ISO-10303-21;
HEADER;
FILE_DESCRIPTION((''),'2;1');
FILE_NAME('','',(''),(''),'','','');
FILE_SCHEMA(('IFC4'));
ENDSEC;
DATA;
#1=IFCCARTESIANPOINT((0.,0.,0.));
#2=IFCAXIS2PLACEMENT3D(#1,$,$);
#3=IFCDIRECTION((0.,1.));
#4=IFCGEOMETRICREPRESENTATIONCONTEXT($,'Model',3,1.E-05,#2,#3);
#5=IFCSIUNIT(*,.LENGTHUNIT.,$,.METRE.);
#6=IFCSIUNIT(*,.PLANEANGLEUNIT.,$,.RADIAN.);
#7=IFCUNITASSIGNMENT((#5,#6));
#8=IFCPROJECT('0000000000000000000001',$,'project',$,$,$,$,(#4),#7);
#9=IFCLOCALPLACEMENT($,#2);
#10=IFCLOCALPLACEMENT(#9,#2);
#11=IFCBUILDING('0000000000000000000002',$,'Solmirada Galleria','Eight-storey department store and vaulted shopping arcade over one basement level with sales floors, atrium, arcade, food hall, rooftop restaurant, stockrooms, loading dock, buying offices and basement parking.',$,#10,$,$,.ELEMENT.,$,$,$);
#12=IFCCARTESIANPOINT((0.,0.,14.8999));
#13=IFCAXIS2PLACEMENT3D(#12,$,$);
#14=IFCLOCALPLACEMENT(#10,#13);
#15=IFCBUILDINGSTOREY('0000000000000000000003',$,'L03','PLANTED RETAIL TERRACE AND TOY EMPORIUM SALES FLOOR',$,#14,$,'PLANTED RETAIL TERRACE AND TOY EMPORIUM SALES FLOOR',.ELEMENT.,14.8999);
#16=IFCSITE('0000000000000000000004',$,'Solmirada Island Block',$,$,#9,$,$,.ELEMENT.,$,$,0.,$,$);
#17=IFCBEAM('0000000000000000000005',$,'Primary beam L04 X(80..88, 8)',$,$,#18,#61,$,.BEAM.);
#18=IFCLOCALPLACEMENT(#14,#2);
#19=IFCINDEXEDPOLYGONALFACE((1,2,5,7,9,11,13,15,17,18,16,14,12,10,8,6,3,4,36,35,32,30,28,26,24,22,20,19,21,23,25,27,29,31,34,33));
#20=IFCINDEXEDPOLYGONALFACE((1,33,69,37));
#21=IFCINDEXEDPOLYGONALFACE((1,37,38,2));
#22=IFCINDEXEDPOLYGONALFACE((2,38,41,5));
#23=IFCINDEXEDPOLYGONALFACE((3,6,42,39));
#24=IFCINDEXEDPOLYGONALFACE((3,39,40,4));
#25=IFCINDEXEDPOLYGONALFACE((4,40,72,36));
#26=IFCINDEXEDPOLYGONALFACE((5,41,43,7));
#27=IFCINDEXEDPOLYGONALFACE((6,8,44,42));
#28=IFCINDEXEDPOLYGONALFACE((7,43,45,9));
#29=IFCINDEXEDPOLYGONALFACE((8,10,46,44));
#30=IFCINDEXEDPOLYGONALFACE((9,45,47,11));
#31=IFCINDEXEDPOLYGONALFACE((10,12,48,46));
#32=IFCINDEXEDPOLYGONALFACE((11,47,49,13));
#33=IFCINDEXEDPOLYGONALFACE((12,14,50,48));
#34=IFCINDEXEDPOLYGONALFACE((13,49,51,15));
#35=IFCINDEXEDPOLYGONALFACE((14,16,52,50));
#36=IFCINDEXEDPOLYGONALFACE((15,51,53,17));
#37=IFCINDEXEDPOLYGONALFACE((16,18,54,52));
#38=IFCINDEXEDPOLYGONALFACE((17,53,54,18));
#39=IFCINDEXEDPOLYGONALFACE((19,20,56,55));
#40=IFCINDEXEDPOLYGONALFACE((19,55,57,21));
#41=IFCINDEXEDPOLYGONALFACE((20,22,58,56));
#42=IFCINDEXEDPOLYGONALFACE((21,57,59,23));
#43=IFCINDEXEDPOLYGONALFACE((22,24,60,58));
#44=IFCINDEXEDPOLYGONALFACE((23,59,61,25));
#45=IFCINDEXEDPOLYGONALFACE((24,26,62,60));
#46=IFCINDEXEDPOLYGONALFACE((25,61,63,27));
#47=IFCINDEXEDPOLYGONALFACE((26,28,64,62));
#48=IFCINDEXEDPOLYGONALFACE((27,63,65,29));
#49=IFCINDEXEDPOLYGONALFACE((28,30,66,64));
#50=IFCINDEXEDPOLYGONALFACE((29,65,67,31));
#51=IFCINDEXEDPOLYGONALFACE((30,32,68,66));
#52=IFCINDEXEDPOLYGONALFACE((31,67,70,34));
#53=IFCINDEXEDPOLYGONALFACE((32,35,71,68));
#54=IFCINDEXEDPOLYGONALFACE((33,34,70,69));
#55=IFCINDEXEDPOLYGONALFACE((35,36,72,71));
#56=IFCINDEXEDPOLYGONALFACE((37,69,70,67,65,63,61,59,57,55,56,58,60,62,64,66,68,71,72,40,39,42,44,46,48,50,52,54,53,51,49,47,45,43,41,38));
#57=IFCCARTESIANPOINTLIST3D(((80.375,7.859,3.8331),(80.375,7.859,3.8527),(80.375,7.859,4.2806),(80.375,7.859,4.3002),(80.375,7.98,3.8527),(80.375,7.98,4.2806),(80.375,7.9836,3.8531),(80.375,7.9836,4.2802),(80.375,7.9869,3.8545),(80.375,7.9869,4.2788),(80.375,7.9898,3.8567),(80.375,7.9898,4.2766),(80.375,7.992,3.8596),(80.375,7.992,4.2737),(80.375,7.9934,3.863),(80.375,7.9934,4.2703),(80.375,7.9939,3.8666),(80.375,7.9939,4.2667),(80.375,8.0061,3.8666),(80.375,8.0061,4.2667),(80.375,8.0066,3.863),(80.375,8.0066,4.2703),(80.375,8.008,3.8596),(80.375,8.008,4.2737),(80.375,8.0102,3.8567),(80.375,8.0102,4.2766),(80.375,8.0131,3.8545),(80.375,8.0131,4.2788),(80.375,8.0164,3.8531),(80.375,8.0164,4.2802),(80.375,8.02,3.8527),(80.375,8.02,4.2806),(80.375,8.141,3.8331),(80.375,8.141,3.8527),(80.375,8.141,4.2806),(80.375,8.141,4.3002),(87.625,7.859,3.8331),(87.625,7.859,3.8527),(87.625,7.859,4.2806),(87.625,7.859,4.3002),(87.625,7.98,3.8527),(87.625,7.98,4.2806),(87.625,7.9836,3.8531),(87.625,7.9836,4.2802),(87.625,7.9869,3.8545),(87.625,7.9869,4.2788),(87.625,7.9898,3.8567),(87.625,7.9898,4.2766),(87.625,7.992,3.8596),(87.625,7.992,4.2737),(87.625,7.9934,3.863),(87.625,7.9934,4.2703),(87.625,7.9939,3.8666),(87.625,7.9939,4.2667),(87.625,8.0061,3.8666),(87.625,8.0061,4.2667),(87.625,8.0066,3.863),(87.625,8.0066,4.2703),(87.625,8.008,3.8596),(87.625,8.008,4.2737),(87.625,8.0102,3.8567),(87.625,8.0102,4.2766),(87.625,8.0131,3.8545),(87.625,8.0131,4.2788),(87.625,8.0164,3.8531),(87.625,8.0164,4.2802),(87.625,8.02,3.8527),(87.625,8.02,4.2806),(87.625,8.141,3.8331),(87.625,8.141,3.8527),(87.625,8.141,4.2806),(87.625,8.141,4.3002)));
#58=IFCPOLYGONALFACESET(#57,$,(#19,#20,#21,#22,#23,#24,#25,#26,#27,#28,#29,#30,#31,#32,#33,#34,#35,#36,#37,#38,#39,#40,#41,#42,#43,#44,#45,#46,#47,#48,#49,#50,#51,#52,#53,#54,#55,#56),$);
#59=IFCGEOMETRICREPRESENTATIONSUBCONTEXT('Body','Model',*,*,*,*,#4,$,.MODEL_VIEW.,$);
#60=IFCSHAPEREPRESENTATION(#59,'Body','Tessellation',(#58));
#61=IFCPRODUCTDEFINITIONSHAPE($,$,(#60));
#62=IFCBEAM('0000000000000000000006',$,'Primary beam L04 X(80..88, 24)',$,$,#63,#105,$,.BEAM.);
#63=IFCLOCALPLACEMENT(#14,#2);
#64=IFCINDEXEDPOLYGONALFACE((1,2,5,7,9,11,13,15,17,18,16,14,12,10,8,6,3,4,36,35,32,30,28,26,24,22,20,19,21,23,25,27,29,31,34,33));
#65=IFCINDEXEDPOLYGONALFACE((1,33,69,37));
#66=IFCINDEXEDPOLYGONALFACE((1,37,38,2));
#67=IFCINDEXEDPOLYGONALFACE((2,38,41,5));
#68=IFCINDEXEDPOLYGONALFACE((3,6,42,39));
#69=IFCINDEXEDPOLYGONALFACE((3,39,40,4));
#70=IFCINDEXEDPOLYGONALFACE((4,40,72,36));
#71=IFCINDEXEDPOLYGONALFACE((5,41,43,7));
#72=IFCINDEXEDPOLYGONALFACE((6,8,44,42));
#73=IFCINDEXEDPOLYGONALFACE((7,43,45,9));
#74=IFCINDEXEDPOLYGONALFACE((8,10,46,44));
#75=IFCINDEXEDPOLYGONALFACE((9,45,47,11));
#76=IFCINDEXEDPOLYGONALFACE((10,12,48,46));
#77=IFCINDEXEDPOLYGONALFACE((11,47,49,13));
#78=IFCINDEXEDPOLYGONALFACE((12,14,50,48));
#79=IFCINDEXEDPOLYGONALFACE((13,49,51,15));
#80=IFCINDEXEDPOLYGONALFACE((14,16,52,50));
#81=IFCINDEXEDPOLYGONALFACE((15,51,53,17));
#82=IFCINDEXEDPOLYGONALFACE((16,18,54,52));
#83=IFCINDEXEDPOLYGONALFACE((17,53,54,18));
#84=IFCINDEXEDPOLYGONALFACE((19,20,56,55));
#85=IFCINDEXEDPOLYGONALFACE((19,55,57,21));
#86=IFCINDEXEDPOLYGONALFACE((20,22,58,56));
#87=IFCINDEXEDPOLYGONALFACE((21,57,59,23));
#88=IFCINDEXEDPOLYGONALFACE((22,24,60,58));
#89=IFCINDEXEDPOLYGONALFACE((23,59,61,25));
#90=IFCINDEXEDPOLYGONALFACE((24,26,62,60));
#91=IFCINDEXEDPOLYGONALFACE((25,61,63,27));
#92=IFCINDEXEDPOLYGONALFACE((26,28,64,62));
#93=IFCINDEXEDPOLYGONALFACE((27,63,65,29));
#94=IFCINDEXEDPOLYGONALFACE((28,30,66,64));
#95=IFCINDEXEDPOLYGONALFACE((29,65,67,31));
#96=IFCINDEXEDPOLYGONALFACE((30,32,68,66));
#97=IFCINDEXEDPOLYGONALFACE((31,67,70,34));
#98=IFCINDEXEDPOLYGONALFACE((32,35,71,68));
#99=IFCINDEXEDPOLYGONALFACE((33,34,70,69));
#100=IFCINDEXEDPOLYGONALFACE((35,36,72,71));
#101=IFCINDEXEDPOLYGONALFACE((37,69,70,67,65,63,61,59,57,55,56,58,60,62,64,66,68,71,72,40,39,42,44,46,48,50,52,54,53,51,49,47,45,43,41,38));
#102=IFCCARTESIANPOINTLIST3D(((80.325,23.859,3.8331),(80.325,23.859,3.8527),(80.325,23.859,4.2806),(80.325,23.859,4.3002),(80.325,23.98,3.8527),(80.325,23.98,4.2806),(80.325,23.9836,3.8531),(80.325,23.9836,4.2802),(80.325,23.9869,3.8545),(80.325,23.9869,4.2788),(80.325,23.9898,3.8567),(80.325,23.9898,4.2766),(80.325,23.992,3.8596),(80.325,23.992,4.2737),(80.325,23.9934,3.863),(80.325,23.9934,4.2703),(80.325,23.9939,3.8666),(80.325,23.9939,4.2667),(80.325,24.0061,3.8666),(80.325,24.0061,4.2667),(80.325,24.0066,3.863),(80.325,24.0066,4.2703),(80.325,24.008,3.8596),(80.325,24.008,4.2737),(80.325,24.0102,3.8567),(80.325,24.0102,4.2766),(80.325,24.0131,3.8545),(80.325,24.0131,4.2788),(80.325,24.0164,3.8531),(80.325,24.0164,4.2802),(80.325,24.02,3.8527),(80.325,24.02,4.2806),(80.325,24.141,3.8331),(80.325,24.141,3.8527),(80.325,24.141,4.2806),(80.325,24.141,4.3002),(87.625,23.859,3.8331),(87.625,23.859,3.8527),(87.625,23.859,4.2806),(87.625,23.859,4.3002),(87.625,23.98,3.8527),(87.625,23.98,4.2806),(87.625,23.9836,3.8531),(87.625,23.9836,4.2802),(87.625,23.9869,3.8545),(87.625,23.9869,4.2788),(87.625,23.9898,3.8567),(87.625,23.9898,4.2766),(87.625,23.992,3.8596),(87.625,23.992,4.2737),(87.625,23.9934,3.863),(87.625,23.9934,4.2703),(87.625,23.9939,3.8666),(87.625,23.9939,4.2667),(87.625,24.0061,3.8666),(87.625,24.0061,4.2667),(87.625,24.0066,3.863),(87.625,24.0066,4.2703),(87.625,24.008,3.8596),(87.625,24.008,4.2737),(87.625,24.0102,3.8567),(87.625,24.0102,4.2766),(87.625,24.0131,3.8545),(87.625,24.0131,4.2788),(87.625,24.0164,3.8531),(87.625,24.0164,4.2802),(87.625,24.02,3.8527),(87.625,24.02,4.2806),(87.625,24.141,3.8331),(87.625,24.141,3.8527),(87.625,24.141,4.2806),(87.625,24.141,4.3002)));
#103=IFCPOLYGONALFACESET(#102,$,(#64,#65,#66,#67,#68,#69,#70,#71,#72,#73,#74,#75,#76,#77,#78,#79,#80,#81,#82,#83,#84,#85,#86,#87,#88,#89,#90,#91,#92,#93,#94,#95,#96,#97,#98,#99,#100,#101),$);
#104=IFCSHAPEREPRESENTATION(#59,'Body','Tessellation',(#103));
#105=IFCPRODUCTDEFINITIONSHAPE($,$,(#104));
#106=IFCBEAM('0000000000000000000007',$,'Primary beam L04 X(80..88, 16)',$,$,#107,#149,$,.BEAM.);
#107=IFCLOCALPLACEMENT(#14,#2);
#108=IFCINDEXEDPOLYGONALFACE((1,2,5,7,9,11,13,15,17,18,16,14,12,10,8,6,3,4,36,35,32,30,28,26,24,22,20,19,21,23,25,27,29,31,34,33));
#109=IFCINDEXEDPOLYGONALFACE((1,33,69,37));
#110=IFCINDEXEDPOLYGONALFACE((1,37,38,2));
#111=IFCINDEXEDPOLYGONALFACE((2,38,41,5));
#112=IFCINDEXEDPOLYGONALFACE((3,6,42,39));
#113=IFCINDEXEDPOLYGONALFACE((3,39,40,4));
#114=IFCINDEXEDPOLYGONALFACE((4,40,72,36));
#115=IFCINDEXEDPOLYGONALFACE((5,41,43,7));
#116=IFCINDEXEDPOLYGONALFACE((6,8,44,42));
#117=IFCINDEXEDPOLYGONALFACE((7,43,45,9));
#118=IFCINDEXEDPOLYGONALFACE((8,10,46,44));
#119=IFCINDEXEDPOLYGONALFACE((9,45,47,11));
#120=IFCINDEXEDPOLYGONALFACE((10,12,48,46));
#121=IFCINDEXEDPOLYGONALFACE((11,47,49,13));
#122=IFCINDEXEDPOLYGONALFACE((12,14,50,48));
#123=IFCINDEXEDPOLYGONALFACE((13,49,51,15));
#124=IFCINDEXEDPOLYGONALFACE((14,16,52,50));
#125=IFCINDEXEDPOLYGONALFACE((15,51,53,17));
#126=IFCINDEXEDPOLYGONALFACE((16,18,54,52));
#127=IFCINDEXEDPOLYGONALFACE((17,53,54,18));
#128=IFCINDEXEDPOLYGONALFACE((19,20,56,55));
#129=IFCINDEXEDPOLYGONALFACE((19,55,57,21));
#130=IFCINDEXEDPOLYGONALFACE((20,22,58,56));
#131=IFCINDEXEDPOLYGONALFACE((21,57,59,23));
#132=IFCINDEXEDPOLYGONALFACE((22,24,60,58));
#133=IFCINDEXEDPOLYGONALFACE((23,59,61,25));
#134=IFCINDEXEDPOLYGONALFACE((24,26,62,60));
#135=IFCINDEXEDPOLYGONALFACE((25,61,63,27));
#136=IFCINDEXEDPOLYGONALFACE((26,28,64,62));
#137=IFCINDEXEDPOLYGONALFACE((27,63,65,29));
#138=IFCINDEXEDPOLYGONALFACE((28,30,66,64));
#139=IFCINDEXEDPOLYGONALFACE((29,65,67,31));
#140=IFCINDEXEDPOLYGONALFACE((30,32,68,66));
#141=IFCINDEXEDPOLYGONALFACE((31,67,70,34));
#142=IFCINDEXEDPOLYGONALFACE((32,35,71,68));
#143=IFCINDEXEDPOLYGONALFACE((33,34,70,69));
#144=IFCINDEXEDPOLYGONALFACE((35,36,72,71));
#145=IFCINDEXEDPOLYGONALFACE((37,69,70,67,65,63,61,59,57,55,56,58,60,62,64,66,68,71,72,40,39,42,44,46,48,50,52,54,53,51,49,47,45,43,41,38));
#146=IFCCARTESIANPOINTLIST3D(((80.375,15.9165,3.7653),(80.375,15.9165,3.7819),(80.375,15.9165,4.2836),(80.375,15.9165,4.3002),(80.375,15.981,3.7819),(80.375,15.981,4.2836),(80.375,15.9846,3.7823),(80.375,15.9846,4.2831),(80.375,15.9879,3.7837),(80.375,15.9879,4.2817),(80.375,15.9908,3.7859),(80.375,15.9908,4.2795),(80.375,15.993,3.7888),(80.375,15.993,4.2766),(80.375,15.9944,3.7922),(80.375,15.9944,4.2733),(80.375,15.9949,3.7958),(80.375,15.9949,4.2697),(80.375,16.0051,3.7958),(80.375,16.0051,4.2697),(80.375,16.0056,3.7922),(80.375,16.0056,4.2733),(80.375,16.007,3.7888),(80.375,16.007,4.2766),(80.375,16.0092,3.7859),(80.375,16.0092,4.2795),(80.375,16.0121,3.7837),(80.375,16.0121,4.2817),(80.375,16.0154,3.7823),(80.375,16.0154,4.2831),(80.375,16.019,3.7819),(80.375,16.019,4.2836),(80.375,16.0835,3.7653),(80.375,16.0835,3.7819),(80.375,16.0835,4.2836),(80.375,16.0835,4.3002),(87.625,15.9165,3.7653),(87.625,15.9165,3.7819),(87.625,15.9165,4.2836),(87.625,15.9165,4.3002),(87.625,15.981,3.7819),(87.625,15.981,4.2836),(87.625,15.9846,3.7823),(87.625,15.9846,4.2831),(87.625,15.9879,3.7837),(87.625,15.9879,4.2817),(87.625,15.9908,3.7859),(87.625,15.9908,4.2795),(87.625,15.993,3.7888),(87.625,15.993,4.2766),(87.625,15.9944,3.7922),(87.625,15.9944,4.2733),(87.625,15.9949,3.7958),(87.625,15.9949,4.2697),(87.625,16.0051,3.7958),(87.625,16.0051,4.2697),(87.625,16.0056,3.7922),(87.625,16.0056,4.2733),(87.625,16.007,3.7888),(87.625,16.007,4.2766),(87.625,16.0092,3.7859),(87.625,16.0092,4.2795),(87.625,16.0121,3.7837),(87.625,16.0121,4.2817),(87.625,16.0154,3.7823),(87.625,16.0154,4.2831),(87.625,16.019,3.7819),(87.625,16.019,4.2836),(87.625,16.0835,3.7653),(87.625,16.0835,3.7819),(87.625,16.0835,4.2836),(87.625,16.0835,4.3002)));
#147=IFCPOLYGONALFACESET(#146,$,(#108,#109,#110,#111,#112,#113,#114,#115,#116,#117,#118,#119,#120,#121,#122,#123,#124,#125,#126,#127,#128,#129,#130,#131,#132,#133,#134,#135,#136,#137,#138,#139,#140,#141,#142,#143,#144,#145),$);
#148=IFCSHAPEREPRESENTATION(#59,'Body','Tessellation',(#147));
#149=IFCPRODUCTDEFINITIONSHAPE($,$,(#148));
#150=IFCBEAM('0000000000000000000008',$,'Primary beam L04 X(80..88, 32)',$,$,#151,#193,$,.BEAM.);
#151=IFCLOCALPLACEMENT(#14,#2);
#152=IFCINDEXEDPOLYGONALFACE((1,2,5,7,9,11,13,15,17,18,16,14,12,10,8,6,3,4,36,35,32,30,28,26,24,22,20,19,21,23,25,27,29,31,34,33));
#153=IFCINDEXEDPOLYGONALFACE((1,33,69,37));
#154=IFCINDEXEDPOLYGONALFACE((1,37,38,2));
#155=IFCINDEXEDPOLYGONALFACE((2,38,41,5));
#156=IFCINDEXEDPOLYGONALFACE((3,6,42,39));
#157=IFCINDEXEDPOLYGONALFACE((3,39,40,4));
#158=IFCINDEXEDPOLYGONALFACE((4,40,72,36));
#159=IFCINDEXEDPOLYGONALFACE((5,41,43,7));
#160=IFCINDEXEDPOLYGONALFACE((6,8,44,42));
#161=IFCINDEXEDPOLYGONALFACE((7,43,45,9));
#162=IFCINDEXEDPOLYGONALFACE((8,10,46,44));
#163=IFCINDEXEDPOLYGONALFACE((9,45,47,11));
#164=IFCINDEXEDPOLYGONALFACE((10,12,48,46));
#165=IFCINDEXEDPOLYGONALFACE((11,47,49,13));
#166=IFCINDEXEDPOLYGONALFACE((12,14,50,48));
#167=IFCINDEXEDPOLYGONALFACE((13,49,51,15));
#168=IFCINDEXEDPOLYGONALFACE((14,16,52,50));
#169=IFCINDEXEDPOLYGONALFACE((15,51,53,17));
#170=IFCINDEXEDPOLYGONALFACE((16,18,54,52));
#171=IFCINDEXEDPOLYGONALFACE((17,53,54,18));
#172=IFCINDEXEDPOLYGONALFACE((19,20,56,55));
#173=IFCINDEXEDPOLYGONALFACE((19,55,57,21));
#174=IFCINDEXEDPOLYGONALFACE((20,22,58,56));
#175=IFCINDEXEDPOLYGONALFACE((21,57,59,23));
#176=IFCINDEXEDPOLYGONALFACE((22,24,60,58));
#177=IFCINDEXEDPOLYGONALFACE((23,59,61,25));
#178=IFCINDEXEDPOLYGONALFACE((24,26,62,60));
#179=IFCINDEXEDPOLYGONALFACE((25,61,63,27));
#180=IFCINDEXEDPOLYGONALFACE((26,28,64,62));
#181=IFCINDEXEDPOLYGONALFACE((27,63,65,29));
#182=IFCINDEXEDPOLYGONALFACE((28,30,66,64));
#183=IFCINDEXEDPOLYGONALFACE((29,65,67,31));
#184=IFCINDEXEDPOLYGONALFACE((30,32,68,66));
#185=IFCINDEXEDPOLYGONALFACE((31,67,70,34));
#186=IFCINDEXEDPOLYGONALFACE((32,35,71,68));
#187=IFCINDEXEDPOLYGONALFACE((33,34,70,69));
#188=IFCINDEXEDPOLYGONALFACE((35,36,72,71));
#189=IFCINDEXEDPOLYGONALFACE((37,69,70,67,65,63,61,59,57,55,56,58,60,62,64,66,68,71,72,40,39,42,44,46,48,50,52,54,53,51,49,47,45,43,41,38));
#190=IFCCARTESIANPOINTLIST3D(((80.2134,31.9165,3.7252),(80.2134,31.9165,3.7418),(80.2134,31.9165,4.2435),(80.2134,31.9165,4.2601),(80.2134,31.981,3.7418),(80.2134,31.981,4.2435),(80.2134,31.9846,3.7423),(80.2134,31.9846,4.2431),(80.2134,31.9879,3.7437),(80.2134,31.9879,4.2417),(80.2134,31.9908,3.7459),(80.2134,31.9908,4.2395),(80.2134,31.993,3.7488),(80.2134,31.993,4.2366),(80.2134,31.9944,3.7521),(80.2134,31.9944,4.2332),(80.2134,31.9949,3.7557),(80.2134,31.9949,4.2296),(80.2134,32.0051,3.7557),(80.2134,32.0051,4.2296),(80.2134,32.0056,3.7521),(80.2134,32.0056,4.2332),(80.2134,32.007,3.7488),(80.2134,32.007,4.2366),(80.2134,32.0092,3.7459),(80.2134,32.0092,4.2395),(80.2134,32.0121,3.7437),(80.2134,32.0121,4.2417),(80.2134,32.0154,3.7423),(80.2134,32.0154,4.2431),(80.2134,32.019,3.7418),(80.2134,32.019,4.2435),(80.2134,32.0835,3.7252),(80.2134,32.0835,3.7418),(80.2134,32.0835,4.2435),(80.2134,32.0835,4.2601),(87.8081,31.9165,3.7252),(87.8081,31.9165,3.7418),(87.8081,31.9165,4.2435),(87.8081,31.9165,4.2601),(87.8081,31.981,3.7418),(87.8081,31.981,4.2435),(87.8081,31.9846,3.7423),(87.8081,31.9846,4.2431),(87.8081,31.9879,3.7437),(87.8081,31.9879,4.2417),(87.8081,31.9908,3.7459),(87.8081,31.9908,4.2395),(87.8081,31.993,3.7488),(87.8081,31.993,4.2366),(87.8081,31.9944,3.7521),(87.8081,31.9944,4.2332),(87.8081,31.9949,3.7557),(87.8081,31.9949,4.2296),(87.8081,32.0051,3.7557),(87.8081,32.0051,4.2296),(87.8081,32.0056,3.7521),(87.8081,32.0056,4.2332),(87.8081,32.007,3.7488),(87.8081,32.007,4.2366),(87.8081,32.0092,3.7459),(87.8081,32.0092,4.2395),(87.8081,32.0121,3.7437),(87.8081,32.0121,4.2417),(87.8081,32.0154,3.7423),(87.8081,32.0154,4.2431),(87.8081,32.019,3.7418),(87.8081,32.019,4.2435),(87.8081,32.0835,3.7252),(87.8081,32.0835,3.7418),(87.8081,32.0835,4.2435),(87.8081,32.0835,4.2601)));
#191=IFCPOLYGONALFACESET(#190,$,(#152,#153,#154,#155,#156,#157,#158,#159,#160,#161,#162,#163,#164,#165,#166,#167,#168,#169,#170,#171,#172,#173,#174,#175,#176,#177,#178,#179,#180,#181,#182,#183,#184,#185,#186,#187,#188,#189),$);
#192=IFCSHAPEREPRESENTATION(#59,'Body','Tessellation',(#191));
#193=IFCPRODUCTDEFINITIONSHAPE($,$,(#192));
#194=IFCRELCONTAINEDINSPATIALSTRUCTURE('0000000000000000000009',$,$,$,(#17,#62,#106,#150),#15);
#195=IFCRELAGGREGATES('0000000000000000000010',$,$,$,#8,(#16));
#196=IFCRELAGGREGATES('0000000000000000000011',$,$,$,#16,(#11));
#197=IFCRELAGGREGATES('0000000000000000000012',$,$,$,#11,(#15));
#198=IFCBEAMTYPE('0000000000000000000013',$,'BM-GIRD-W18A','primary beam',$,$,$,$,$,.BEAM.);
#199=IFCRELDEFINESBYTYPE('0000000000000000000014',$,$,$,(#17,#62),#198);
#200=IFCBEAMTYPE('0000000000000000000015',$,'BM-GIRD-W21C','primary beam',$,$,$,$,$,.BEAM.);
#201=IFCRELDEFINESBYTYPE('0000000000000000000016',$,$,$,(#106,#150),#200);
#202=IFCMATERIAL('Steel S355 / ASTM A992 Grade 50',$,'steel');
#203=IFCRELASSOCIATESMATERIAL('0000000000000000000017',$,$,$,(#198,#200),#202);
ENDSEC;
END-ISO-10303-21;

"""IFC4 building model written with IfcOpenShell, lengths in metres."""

from ifc_helpers import new_model, si_unit, direction, frame, origin, origin_2d, place, context, subcontext, project, spatial, i_section, extrude, material, material_profile, profile_set, type_object, element, save


model = new_model("IFC4")

# Units and contexts
model_context = context("Model", 3, precision=1e-05, world=origin(), true_north=direction((0.0, 1.0)))
body_context = subcontext(model_context, "Body", "Model", "MODEL_VIEW")
ifc_project = project(units=[si_unit("LENGTHUNIT", "METRE"), si_unit("PLANEANGLEUNIT", "RADIAN")], contexts=[model_context])

# Site, building, storey
site_placement = place(None, origin())
site = spatial("IfcSite", under=ifc_project, at=site_placement, Name="Solmirada Island Block", CompositionType="ELEMENT", RefElevation=0.0)
building_placement = place(site_placement, origin())
building = spatial("IfcBuilding", under=site, at=building_placement, Name="Solmirada Galleria", Description="Eight-storey department store and vaulted shopping arcade over one basement level with sales floors, atrium, arcade, food hall, rooftop restaurant, stockrooms, loading dock, buying offices and basement parking.", CompositionType="ELEMENT")
storey_placement = place(building_placement, frame((0.0, 0.0, 14.8999)))
storey = spatial("IfcBuildingStorey", under=building, at=storey_placement, Name="L03", Description="PLANTED RETAIL TERRACE AND TOY EMPORIUM SALES FLOOR", LongName="PLANTED RETAIL TERRACE AND TOY EMPORIUM SALES FLOOR", CompositionType="ELEMENT", Elevation=14.8999)

# Beams
ifc_material_1 = material(Name="Steel S355 / ASTM A992 Grade 50", Category="steel")
ifc_material_profile_1 = material_profile(ifc_material_1, i_section(OverallWidth=0.282, OverallDepth=0.467, WebThickness=0.0122, FlangeThickness=0.0195, FilletRadius=0.0139, at=origin_2d()), Name="W18X86")
ifc_profile_set_1 = profile_set([ifc_material_profile_1], Name="Steel S355 / ASTM A992 Grade 50")
beam_type_1 = type_object("IfcBeamType", Name="BM-GIRD-W18A", Description="primary beam", PredefinedType="BEAM", material=ifc_profile_set_1)
beam_1_placement = place(storey_placement, frame((80.375, 8.0, 4.0667), z_axis=(1.0, 0.0, 0.0), x_axis=(0.0, 1.0, 0.0)))
element("IfcBeam", 1, at=beam_1_placement, inside=storey, type_object=beam_type_1, Name="Primary beam L04 X(80..88, 8)", PredefinedType="BEAM", context=body_context, shape_type="SweptSolid", body=[
    extrude(i_section(OverallWidth=0.282, OverallDepth=0.467, WebThickness=0.0122, FlangeThickness=0.0195, FilletRadius=0.0139, at=origin_2d()), origin(), (0.0, 0.0, 1.0), 7.25),
])
beam_2_placement = place(storey_placement, frame((80.325, 24.0, 4.0667), z_axis=(1.0, 0.0, 0.0), x_axis=(0.0, 1.0, 0.0)))
element("IfcBeam", 2, at=beam_2_placement, inside=storey, type_object=beam_type_1, Name="Primary beam L04 X(80..88, 24)", PredefinedType="BEAM", context=body_context, shape_type="SweptSolid", body=[
    extrude(i_section(OverallWidth=0.282, OverallDepth=0.467, WebThickness=0.0122, FlangeThickness=0.0195, FilletRadius=0.0139, at=origin_2d()), origin(), (0.0, 0.0, 1.0), 7.3),
])
ifc_material_profile_2 = material_profile(ifc_material_1, i_section(OverallWidth=0.167, OverallDepth=0.5349, WebThickness=0.0103, FlangeThickness=0.0166, FilletRadius=0.0139, at=origin_2d()), Name="W21X57")
ifc_profile_set_2 = profile_set([ifc_material_profile_2], Name="Steel S355 / ASTM A992 Grade 50")
beam_type_2 = type_object("IfcBeamType", Name="BM-GIRD-W21C", Description="primary beam", PredefinedType="BEAM", material=ifc_profile_set_2)
beam_3_placement = place(storey_placement, frame((80.375, 16.0, 4.0327), z_axis=(1.0, 0.0, 0.0), x_axis=(0.0, 1.0, 0.0)))
element("IfcBeam", 3, at=beam_3_placement, inside=storey, type_object=beam_type_2, Name="Primary beam L04 X(80..88, 16)", PredefinedType="BEAM", context=body_context, shape_type="SweptSolid", body=[
    extrude(i_section(OverallWidth=0.167, OverallDepth=0.5349, WebThickness=0.0103, FlangeThickness=0.0166, FilletRadius=0.0139, at=origin_2d()), origin(), (0.0, 0.0, 1.0), 7.25),
])
beam_4_placement = place(storey_placement, frame((80.2134, 32.0, 3.9927), z_axis=(1.0, 0.0, 0.0), x_axis=(0.0, 1.0, 0.0)))
element("IfcBeam", 4, at=beam_4_placement, inside=storey, type_object=beam_type_2, Name="Primary beam L04 X(80..88, 32)", PredefinedType="BEAM", context=body_context, shape_type="SweptSolid", body=[
    extrude(i_section(OverallWidth=0.167, OverallDepth=0.5349, WebThickness=0.0103, FlangeThickness=0.0166, FilletRadius=0.0139, at=origin_2d()), origin(), (0.0, 0.0, 1.0), 7.5947),
])

save(model, "model.ifc")
